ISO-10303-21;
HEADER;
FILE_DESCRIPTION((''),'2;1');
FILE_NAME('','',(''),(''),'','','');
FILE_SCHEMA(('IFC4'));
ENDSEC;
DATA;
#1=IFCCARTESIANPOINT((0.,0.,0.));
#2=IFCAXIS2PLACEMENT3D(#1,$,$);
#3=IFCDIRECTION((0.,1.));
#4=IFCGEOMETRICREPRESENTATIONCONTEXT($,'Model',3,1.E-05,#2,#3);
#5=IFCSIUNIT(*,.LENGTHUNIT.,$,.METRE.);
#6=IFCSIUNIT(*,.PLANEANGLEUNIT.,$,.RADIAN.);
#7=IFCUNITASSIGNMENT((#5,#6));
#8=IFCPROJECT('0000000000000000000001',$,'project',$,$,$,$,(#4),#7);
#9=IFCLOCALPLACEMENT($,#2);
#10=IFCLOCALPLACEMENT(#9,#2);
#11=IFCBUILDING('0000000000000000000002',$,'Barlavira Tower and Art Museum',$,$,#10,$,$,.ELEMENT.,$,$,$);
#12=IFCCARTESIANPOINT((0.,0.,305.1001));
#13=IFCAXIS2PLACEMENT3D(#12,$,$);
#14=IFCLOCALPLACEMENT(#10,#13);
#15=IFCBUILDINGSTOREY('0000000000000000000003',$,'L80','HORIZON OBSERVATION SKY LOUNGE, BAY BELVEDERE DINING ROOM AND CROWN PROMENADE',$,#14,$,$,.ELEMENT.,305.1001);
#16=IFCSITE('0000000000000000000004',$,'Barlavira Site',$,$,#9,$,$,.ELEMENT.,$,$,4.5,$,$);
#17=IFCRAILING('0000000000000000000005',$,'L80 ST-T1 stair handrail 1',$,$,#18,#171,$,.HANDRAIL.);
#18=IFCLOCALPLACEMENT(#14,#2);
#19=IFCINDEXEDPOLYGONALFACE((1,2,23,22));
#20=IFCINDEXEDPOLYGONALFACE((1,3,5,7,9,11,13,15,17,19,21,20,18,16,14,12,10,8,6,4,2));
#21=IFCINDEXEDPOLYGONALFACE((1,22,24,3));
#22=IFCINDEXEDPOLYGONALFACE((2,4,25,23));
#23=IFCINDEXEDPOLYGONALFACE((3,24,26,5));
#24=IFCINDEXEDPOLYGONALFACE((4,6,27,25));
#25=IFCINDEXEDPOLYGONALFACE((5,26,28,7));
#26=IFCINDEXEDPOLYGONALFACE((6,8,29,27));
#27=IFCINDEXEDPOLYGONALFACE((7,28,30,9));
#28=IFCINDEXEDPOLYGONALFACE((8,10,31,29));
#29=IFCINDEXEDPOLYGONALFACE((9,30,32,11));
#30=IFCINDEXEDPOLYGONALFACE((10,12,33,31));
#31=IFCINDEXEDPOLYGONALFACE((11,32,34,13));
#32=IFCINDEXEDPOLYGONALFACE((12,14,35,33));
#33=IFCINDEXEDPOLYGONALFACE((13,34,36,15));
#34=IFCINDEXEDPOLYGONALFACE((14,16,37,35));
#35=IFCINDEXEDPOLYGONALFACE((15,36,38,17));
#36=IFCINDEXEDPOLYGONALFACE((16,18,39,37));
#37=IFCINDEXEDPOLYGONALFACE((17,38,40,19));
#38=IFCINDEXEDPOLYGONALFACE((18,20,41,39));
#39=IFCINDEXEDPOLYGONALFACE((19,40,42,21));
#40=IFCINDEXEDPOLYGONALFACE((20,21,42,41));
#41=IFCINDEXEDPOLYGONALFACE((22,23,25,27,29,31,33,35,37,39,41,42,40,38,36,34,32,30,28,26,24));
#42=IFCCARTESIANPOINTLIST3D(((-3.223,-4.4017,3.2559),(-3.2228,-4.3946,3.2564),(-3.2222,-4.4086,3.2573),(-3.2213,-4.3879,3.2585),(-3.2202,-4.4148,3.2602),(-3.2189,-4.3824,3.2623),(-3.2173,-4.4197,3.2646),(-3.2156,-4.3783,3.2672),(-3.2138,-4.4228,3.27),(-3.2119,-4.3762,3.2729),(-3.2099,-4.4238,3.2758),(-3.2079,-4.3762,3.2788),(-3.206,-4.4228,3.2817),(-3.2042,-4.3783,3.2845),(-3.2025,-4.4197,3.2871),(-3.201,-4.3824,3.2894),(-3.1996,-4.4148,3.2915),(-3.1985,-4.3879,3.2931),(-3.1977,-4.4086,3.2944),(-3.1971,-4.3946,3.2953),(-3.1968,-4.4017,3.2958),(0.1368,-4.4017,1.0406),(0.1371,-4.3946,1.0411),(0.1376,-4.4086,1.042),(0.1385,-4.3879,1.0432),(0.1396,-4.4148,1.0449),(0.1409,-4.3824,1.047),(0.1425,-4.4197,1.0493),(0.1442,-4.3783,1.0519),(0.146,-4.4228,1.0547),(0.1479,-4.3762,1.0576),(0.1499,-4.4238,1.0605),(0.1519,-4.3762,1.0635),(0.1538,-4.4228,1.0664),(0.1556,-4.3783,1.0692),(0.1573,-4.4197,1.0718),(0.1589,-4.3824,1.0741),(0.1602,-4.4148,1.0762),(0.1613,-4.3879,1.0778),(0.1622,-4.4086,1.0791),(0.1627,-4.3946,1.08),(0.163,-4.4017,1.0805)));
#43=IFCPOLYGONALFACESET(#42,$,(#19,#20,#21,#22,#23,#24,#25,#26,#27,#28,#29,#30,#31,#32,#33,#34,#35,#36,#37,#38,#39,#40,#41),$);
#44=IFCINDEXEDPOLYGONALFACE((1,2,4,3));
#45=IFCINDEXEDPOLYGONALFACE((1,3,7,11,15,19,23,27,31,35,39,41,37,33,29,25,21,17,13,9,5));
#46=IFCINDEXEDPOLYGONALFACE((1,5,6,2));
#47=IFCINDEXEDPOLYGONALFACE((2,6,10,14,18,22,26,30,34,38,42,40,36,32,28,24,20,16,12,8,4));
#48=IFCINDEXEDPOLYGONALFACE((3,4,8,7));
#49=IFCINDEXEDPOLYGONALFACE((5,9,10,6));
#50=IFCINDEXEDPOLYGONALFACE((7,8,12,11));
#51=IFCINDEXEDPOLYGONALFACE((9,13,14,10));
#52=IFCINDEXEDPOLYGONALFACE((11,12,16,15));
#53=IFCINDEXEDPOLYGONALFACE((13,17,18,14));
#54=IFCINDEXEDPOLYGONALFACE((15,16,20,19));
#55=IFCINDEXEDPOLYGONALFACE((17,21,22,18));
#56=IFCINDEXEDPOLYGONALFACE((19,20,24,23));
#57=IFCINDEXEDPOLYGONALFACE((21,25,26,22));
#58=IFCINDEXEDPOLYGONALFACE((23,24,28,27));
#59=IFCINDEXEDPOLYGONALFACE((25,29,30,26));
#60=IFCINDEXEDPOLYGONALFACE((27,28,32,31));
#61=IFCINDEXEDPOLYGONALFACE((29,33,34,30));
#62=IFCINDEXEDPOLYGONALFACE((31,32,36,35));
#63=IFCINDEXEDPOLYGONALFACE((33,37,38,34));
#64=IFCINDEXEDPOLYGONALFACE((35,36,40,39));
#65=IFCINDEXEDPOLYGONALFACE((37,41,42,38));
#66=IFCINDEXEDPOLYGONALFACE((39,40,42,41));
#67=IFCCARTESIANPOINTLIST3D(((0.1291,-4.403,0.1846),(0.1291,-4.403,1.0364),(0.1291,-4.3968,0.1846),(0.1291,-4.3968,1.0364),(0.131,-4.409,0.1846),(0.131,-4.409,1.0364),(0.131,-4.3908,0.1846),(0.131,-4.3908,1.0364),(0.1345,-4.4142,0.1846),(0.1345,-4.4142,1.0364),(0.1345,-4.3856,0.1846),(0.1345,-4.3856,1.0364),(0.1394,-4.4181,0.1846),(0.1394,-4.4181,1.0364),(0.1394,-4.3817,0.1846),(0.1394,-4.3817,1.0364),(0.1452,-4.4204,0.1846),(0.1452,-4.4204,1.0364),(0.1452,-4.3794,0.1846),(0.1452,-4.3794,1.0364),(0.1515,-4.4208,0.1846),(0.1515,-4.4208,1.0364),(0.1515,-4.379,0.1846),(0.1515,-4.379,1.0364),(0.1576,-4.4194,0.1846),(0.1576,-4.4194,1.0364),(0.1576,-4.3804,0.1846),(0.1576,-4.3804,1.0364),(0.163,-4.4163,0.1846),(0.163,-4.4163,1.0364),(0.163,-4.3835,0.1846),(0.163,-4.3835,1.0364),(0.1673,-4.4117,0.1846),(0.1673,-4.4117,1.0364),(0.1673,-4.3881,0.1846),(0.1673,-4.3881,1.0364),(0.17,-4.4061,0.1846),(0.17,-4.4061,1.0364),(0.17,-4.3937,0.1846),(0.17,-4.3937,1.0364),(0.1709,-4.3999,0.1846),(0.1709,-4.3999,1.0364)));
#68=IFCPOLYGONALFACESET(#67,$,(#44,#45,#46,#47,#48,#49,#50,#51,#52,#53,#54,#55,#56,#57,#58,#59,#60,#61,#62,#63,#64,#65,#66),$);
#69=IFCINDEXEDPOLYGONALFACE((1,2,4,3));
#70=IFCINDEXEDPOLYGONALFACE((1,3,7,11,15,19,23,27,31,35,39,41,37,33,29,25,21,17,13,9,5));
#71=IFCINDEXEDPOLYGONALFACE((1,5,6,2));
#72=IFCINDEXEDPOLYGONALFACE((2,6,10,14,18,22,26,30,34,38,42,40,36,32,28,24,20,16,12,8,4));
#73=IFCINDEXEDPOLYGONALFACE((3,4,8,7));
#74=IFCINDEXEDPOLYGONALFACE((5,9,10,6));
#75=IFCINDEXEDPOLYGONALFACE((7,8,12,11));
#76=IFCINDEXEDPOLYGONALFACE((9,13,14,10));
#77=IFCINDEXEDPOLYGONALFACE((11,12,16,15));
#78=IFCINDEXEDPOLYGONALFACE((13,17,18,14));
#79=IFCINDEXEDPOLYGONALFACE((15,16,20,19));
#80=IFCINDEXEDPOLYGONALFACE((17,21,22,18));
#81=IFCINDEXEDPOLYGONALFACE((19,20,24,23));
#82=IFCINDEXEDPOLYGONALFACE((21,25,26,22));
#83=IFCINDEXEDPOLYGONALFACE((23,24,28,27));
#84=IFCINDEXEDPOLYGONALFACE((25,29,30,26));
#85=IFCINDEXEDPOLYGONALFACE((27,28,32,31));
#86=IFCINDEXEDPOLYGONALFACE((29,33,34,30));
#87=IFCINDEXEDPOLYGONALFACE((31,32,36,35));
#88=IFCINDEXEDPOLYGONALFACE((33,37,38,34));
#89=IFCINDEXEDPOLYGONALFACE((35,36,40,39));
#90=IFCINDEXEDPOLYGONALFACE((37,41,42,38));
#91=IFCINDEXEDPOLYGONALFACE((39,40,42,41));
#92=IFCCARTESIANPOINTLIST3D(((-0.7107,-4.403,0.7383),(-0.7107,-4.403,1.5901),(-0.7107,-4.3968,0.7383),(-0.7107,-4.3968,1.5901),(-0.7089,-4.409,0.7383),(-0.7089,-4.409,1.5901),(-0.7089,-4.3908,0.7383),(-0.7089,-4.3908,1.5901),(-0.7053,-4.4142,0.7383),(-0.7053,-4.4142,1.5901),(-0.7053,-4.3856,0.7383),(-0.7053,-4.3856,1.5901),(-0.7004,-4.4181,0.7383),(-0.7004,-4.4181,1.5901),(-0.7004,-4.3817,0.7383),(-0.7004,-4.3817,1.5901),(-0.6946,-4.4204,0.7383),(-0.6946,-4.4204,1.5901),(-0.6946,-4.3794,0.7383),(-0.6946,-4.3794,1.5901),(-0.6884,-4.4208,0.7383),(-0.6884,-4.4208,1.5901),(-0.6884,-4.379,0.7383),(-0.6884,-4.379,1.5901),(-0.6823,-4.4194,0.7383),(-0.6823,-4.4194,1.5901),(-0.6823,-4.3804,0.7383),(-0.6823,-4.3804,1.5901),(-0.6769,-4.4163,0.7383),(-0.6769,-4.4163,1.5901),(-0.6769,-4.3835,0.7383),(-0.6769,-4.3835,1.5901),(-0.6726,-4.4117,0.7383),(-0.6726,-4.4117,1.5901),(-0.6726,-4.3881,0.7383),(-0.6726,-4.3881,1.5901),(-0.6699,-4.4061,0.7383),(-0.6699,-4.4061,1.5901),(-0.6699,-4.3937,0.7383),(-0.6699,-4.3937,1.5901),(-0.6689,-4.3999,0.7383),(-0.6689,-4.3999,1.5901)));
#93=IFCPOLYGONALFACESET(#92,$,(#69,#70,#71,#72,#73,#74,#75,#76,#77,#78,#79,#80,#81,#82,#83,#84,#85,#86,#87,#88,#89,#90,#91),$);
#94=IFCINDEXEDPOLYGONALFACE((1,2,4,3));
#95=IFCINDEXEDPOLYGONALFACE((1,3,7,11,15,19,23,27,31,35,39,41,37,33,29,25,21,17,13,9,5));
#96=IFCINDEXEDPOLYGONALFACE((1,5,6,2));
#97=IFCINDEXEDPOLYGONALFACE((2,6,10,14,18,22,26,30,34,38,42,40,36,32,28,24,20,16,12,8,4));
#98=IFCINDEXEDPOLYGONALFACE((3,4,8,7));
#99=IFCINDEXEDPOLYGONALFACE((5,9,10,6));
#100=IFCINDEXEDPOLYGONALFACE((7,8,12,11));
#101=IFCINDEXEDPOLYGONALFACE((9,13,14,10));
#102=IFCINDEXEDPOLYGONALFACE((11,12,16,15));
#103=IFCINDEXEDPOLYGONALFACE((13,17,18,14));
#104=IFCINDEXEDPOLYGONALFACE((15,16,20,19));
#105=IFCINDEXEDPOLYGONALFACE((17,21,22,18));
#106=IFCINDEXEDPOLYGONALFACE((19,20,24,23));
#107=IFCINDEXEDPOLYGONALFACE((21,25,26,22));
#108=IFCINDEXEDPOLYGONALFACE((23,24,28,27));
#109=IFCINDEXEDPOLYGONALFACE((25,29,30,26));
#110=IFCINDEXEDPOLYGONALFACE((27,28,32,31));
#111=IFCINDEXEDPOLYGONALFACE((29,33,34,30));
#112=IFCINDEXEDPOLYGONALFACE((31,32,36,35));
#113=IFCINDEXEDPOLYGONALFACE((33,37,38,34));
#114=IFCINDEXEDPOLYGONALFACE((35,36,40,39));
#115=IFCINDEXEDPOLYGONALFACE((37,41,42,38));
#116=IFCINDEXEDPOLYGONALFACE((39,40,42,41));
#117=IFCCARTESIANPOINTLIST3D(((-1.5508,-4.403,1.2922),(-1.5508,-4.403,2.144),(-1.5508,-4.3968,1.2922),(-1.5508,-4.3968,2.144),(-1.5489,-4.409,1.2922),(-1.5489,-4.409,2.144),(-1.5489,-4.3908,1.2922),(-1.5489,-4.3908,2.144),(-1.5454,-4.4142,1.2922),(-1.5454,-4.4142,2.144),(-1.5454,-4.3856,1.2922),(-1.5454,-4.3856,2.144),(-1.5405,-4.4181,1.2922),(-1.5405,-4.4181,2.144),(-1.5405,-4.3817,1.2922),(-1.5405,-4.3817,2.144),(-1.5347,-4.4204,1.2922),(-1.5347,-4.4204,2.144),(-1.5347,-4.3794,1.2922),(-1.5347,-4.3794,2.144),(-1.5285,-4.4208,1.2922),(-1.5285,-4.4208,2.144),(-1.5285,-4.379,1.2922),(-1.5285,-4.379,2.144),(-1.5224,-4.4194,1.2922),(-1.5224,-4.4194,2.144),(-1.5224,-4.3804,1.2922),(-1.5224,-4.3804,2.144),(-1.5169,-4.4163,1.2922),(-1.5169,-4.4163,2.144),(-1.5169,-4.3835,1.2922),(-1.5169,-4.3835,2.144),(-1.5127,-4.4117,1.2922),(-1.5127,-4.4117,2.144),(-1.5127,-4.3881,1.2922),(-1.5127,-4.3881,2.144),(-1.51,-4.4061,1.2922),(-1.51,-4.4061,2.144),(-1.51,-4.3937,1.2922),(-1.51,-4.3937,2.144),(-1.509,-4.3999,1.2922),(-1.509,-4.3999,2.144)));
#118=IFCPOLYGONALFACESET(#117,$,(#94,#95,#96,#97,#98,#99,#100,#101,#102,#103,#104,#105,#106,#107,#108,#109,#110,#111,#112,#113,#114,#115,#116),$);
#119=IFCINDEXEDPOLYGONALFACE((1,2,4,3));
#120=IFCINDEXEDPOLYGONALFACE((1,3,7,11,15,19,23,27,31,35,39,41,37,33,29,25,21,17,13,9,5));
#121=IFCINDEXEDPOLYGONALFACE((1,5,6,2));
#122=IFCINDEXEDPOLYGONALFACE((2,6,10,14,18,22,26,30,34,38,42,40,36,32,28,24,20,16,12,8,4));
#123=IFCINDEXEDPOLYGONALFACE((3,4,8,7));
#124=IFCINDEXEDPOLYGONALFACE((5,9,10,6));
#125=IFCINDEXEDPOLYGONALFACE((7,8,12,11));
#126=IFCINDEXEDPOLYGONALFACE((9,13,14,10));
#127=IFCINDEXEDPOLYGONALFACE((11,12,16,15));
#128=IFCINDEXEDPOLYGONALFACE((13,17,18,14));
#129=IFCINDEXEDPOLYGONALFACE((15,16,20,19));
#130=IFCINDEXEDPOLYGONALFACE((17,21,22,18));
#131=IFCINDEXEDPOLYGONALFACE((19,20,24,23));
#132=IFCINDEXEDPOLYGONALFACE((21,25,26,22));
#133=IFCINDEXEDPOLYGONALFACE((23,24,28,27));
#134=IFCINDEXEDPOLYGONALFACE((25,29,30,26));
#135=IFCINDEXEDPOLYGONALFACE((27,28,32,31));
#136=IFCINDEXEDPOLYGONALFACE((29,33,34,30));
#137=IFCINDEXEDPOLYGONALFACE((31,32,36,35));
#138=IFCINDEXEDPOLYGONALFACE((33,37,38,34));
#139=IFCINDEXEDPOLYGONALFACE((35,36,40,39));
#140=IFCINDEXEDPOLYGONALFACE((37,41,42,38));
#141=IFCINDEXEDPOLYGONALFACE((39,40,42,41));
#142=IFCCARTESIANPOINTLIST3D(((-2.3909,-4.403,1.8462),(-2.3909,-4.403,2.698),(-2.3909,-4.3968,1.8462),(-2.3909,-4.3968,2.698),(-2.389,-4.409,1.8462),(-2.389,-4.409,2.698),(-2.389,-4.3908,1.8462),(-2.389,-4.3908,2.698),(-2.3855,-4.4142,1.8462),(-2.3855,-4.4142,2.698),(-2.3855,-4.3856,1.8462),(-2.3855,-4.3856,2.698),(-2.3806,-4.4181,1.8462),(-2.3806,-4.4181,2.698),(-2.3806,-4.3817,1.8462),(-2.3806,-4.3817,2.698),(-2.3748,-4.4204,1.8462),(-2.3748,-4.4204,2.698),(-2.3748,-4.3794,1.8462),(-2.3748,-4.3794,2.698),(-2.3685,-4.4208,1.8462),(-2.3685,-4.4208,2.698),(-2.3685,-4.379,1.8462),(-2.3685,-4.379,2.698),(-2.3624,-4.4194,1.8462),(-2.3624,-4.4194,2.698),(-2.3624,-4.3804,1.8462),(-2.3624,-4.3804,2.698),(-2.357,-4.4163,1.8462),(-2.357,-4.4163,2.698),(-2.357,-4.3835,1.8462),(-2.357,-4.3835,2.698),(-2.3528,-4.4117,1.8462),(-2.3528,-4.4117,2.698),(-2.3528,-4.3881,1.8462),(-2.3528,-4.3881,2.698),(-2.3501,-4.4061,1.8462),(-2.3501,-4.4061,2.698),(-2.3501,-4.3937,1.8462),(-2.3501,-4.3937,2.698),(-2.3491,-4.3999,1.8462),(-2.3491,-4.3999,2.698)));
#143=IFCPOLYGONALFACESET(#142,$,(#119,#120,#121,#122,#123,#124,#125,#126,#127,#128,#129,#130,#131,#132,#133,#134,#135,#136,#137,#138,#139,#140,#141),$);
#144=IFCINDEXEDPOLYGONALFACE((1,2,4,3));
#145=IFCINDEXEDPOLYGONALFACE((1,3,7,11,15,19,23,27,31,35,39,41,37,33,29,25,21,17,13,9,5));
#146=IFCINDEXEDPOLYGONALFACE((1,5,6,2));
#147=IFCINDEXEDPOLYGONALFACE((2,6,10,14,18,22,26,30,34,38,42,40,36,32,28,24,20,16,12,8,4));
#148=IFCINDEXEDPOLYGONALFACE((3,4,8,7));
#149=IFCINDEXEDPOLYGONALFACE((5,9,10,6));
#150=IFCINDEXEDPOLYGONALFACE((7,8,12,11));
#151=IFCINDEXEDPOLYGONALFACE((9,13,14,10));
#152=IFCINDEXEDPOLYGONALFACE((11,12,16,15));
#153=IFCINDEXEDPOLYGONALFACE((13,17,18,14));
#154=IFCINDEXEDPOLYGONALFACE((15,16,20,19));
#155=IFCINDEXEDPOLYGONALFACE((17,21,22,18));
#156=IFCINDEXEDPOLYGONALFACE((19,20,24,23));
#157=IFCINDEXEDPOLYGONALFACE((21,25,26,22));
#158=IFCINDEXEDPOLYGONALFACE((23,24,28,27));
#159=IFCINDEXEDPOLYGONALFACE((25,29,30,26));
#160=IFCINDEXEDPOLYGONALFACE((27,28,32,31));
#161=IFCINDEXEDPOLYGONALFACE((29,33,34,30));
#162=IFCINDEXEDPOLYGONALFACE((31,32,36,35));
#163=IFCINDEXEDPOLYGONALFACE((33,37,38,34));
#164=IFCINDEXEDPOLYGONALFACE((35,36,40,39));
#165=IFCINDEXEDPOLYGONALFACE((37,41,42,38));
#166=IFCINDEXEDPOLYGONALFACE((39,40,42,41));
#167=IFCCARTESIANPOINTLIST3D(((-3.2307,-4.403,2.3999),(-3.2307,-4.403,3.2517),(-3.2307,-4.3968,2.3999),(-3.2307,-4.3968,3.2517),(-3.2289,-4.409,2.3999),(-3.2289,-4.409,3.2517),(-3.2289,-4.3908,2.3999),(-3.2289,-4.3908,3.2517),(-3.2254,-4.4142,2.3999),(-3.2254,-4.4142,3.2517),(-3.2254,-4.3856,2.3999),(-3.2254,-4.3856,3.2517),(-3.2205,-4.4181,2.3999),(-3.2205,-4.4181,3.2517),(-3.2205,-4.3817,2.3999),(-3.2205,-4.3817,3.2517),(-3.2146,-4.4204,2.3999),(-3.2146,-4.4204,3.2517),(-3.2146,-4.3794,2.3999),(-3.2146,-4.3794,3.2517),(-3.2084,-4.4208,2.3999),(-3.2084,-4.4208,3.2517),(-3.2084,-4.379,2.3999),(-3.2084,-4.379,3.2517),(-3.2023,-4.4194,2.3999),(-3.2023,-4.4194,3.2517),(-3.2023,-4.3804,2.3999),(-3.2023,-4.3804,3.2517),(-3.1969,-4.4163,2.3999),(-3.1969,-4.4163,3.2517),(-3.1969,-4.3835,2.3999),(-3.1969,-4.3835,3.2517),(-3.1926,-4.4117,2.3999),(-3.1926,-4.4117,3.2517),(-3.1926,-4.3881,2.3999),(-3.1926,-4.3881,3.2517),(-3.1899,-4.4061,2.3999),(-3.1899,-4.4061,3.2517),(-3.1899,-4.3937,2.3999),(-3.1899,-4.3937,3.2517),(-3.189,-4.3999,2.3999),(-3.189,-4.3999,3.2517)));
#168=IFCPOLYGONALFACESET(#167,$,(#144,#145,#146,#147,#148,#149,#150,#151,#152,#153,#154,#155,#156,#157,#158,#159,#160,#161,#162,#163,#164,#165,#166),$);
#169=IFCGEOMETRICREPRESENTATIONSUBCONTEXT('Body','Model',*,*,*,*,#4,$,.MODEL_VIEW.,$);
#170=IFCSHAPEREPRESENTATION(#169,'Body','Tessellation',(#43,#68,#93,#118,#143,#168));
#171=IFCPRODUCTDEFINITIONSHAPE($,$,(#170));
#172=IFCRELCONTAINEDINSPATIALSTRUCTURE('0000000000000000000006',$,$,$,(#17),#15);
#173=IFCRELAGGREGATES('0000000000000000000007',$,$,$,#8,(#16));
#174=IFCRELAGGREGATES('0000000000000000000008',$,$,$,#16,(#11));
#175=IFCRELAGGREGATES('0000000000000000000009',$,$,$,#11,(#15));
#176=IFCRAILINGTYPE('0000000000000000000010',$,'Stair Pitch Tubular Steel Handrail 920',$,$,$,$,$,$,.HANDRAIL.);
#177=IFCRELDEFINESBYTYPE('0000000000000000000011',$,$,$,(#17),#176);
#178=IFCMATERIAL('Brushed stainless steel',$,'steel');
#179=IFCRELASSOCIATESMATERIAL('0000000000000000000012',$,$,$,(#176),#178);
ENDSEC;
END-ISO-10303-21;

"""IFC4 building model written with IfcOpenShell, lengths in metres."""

from ifc_helpers import new_model, si_unit, direction, frame, origin, origin_2d, place, context, subcontext, project, spatial, circle, extrude, material, type_object, element, save


model = new_model("IFC4")

# Units and contexts
model_context = context("Model", 3, precision=1e-05, world=origin(), true_north=direction((0.0, 1.0)))
body_context = subcontext(model_context, "Body", "Model", "MODEL_VIEW")
ifc_project = project(units=[si_unit("LENGTHUNIT", "METRE"), si_unit("PLANEANGLEUNIT", "RADIAN")], contexts=[model_context])

# Site, building, storey
site_placement = place(None, origin())
site = spatial("IfcSite", under=ifc_project, at=site_placement, Name="Barlavira Site", CompositionType="ELEMENT", RefElevation=4.5)
building_placement = place(site_placement, origin())
building = spatial("IfcBuilding", under=site, at=building_placement, Name="Barlavira Tower and Art Museum", CompositionType="ELEMENT")
storey_placement = place(building_placement, frame((0.0, 0.0, 305.1001)))
storey = spatial("IfcBuildingStorey", under=building, at=storey_placement, Name="L80", Description="HORIZON OBSERVATION SKY LOUNGE, BAY BELVEDERE DINING ROOM AND CROWN PROMENADE", CompositionType="ELEMENT", Elevation=305.1001)

# Shared definitions
ifc_material_1 = material(Name="Brushed stainless steel", Category="steel")

# Railing
railing_type_1 = type_object("IfcRailingType", Name="Stair Pitch Tubular Steel Handrail 920", PredefinedType="HANDRAIL", material=ifc_material_1)
railing_1_placement = place(storey_placement, frame((0.1499, -4.3999, 0.1846)))
element("IfcRailing", 1, at=railing_1_placement, inside=storey, type_object=railing_type_1, Name="L80 ST-T1 stair handrail 1", PredefinedType="HANDRAIL", context=body_context, shape_type="SweptSolid", body=[
    extrude(circle(Radius=0.0239, at=origin_2d()), frame((0.0, 0.0, 0.876), z_axis=(-0.834858, 0.0, 0.550465), x_axis=(0.0, -1.0, 0.0)), (0.0, 0.0, 1.0), 4.0244),
    extrude(circle(Radius=0.021, at=origin_2d()), origin(), (0.0, 0.0, 1.0), 0.8518),
    extrude(circle(Radius=0.021, at=origin_2d()), frame((-0.8398, 0.0, 0.5537)), (0.0, 0.0, 1.0), 0.8518),
    extrude(circle(Radius=0.021, at=origin_2d()), frame((-1.6799, 0.0, 1.1077)), (0.0, 0.0, 1.0), 0.8518),
    extrude(circle(Radius=0.021, at=origin_2d()), frame((-2.52, 0.0, 1.6616)), (0.0, 0.0, 1.0), 0.8518),
    extrude(circle(Radius=0.021, at=origin_2d()), frame((-3.3599, 0.0, 2.2153)), (0.0, 0.0, 1.0), 0.8518),
])

save(model, "model.ifc")
